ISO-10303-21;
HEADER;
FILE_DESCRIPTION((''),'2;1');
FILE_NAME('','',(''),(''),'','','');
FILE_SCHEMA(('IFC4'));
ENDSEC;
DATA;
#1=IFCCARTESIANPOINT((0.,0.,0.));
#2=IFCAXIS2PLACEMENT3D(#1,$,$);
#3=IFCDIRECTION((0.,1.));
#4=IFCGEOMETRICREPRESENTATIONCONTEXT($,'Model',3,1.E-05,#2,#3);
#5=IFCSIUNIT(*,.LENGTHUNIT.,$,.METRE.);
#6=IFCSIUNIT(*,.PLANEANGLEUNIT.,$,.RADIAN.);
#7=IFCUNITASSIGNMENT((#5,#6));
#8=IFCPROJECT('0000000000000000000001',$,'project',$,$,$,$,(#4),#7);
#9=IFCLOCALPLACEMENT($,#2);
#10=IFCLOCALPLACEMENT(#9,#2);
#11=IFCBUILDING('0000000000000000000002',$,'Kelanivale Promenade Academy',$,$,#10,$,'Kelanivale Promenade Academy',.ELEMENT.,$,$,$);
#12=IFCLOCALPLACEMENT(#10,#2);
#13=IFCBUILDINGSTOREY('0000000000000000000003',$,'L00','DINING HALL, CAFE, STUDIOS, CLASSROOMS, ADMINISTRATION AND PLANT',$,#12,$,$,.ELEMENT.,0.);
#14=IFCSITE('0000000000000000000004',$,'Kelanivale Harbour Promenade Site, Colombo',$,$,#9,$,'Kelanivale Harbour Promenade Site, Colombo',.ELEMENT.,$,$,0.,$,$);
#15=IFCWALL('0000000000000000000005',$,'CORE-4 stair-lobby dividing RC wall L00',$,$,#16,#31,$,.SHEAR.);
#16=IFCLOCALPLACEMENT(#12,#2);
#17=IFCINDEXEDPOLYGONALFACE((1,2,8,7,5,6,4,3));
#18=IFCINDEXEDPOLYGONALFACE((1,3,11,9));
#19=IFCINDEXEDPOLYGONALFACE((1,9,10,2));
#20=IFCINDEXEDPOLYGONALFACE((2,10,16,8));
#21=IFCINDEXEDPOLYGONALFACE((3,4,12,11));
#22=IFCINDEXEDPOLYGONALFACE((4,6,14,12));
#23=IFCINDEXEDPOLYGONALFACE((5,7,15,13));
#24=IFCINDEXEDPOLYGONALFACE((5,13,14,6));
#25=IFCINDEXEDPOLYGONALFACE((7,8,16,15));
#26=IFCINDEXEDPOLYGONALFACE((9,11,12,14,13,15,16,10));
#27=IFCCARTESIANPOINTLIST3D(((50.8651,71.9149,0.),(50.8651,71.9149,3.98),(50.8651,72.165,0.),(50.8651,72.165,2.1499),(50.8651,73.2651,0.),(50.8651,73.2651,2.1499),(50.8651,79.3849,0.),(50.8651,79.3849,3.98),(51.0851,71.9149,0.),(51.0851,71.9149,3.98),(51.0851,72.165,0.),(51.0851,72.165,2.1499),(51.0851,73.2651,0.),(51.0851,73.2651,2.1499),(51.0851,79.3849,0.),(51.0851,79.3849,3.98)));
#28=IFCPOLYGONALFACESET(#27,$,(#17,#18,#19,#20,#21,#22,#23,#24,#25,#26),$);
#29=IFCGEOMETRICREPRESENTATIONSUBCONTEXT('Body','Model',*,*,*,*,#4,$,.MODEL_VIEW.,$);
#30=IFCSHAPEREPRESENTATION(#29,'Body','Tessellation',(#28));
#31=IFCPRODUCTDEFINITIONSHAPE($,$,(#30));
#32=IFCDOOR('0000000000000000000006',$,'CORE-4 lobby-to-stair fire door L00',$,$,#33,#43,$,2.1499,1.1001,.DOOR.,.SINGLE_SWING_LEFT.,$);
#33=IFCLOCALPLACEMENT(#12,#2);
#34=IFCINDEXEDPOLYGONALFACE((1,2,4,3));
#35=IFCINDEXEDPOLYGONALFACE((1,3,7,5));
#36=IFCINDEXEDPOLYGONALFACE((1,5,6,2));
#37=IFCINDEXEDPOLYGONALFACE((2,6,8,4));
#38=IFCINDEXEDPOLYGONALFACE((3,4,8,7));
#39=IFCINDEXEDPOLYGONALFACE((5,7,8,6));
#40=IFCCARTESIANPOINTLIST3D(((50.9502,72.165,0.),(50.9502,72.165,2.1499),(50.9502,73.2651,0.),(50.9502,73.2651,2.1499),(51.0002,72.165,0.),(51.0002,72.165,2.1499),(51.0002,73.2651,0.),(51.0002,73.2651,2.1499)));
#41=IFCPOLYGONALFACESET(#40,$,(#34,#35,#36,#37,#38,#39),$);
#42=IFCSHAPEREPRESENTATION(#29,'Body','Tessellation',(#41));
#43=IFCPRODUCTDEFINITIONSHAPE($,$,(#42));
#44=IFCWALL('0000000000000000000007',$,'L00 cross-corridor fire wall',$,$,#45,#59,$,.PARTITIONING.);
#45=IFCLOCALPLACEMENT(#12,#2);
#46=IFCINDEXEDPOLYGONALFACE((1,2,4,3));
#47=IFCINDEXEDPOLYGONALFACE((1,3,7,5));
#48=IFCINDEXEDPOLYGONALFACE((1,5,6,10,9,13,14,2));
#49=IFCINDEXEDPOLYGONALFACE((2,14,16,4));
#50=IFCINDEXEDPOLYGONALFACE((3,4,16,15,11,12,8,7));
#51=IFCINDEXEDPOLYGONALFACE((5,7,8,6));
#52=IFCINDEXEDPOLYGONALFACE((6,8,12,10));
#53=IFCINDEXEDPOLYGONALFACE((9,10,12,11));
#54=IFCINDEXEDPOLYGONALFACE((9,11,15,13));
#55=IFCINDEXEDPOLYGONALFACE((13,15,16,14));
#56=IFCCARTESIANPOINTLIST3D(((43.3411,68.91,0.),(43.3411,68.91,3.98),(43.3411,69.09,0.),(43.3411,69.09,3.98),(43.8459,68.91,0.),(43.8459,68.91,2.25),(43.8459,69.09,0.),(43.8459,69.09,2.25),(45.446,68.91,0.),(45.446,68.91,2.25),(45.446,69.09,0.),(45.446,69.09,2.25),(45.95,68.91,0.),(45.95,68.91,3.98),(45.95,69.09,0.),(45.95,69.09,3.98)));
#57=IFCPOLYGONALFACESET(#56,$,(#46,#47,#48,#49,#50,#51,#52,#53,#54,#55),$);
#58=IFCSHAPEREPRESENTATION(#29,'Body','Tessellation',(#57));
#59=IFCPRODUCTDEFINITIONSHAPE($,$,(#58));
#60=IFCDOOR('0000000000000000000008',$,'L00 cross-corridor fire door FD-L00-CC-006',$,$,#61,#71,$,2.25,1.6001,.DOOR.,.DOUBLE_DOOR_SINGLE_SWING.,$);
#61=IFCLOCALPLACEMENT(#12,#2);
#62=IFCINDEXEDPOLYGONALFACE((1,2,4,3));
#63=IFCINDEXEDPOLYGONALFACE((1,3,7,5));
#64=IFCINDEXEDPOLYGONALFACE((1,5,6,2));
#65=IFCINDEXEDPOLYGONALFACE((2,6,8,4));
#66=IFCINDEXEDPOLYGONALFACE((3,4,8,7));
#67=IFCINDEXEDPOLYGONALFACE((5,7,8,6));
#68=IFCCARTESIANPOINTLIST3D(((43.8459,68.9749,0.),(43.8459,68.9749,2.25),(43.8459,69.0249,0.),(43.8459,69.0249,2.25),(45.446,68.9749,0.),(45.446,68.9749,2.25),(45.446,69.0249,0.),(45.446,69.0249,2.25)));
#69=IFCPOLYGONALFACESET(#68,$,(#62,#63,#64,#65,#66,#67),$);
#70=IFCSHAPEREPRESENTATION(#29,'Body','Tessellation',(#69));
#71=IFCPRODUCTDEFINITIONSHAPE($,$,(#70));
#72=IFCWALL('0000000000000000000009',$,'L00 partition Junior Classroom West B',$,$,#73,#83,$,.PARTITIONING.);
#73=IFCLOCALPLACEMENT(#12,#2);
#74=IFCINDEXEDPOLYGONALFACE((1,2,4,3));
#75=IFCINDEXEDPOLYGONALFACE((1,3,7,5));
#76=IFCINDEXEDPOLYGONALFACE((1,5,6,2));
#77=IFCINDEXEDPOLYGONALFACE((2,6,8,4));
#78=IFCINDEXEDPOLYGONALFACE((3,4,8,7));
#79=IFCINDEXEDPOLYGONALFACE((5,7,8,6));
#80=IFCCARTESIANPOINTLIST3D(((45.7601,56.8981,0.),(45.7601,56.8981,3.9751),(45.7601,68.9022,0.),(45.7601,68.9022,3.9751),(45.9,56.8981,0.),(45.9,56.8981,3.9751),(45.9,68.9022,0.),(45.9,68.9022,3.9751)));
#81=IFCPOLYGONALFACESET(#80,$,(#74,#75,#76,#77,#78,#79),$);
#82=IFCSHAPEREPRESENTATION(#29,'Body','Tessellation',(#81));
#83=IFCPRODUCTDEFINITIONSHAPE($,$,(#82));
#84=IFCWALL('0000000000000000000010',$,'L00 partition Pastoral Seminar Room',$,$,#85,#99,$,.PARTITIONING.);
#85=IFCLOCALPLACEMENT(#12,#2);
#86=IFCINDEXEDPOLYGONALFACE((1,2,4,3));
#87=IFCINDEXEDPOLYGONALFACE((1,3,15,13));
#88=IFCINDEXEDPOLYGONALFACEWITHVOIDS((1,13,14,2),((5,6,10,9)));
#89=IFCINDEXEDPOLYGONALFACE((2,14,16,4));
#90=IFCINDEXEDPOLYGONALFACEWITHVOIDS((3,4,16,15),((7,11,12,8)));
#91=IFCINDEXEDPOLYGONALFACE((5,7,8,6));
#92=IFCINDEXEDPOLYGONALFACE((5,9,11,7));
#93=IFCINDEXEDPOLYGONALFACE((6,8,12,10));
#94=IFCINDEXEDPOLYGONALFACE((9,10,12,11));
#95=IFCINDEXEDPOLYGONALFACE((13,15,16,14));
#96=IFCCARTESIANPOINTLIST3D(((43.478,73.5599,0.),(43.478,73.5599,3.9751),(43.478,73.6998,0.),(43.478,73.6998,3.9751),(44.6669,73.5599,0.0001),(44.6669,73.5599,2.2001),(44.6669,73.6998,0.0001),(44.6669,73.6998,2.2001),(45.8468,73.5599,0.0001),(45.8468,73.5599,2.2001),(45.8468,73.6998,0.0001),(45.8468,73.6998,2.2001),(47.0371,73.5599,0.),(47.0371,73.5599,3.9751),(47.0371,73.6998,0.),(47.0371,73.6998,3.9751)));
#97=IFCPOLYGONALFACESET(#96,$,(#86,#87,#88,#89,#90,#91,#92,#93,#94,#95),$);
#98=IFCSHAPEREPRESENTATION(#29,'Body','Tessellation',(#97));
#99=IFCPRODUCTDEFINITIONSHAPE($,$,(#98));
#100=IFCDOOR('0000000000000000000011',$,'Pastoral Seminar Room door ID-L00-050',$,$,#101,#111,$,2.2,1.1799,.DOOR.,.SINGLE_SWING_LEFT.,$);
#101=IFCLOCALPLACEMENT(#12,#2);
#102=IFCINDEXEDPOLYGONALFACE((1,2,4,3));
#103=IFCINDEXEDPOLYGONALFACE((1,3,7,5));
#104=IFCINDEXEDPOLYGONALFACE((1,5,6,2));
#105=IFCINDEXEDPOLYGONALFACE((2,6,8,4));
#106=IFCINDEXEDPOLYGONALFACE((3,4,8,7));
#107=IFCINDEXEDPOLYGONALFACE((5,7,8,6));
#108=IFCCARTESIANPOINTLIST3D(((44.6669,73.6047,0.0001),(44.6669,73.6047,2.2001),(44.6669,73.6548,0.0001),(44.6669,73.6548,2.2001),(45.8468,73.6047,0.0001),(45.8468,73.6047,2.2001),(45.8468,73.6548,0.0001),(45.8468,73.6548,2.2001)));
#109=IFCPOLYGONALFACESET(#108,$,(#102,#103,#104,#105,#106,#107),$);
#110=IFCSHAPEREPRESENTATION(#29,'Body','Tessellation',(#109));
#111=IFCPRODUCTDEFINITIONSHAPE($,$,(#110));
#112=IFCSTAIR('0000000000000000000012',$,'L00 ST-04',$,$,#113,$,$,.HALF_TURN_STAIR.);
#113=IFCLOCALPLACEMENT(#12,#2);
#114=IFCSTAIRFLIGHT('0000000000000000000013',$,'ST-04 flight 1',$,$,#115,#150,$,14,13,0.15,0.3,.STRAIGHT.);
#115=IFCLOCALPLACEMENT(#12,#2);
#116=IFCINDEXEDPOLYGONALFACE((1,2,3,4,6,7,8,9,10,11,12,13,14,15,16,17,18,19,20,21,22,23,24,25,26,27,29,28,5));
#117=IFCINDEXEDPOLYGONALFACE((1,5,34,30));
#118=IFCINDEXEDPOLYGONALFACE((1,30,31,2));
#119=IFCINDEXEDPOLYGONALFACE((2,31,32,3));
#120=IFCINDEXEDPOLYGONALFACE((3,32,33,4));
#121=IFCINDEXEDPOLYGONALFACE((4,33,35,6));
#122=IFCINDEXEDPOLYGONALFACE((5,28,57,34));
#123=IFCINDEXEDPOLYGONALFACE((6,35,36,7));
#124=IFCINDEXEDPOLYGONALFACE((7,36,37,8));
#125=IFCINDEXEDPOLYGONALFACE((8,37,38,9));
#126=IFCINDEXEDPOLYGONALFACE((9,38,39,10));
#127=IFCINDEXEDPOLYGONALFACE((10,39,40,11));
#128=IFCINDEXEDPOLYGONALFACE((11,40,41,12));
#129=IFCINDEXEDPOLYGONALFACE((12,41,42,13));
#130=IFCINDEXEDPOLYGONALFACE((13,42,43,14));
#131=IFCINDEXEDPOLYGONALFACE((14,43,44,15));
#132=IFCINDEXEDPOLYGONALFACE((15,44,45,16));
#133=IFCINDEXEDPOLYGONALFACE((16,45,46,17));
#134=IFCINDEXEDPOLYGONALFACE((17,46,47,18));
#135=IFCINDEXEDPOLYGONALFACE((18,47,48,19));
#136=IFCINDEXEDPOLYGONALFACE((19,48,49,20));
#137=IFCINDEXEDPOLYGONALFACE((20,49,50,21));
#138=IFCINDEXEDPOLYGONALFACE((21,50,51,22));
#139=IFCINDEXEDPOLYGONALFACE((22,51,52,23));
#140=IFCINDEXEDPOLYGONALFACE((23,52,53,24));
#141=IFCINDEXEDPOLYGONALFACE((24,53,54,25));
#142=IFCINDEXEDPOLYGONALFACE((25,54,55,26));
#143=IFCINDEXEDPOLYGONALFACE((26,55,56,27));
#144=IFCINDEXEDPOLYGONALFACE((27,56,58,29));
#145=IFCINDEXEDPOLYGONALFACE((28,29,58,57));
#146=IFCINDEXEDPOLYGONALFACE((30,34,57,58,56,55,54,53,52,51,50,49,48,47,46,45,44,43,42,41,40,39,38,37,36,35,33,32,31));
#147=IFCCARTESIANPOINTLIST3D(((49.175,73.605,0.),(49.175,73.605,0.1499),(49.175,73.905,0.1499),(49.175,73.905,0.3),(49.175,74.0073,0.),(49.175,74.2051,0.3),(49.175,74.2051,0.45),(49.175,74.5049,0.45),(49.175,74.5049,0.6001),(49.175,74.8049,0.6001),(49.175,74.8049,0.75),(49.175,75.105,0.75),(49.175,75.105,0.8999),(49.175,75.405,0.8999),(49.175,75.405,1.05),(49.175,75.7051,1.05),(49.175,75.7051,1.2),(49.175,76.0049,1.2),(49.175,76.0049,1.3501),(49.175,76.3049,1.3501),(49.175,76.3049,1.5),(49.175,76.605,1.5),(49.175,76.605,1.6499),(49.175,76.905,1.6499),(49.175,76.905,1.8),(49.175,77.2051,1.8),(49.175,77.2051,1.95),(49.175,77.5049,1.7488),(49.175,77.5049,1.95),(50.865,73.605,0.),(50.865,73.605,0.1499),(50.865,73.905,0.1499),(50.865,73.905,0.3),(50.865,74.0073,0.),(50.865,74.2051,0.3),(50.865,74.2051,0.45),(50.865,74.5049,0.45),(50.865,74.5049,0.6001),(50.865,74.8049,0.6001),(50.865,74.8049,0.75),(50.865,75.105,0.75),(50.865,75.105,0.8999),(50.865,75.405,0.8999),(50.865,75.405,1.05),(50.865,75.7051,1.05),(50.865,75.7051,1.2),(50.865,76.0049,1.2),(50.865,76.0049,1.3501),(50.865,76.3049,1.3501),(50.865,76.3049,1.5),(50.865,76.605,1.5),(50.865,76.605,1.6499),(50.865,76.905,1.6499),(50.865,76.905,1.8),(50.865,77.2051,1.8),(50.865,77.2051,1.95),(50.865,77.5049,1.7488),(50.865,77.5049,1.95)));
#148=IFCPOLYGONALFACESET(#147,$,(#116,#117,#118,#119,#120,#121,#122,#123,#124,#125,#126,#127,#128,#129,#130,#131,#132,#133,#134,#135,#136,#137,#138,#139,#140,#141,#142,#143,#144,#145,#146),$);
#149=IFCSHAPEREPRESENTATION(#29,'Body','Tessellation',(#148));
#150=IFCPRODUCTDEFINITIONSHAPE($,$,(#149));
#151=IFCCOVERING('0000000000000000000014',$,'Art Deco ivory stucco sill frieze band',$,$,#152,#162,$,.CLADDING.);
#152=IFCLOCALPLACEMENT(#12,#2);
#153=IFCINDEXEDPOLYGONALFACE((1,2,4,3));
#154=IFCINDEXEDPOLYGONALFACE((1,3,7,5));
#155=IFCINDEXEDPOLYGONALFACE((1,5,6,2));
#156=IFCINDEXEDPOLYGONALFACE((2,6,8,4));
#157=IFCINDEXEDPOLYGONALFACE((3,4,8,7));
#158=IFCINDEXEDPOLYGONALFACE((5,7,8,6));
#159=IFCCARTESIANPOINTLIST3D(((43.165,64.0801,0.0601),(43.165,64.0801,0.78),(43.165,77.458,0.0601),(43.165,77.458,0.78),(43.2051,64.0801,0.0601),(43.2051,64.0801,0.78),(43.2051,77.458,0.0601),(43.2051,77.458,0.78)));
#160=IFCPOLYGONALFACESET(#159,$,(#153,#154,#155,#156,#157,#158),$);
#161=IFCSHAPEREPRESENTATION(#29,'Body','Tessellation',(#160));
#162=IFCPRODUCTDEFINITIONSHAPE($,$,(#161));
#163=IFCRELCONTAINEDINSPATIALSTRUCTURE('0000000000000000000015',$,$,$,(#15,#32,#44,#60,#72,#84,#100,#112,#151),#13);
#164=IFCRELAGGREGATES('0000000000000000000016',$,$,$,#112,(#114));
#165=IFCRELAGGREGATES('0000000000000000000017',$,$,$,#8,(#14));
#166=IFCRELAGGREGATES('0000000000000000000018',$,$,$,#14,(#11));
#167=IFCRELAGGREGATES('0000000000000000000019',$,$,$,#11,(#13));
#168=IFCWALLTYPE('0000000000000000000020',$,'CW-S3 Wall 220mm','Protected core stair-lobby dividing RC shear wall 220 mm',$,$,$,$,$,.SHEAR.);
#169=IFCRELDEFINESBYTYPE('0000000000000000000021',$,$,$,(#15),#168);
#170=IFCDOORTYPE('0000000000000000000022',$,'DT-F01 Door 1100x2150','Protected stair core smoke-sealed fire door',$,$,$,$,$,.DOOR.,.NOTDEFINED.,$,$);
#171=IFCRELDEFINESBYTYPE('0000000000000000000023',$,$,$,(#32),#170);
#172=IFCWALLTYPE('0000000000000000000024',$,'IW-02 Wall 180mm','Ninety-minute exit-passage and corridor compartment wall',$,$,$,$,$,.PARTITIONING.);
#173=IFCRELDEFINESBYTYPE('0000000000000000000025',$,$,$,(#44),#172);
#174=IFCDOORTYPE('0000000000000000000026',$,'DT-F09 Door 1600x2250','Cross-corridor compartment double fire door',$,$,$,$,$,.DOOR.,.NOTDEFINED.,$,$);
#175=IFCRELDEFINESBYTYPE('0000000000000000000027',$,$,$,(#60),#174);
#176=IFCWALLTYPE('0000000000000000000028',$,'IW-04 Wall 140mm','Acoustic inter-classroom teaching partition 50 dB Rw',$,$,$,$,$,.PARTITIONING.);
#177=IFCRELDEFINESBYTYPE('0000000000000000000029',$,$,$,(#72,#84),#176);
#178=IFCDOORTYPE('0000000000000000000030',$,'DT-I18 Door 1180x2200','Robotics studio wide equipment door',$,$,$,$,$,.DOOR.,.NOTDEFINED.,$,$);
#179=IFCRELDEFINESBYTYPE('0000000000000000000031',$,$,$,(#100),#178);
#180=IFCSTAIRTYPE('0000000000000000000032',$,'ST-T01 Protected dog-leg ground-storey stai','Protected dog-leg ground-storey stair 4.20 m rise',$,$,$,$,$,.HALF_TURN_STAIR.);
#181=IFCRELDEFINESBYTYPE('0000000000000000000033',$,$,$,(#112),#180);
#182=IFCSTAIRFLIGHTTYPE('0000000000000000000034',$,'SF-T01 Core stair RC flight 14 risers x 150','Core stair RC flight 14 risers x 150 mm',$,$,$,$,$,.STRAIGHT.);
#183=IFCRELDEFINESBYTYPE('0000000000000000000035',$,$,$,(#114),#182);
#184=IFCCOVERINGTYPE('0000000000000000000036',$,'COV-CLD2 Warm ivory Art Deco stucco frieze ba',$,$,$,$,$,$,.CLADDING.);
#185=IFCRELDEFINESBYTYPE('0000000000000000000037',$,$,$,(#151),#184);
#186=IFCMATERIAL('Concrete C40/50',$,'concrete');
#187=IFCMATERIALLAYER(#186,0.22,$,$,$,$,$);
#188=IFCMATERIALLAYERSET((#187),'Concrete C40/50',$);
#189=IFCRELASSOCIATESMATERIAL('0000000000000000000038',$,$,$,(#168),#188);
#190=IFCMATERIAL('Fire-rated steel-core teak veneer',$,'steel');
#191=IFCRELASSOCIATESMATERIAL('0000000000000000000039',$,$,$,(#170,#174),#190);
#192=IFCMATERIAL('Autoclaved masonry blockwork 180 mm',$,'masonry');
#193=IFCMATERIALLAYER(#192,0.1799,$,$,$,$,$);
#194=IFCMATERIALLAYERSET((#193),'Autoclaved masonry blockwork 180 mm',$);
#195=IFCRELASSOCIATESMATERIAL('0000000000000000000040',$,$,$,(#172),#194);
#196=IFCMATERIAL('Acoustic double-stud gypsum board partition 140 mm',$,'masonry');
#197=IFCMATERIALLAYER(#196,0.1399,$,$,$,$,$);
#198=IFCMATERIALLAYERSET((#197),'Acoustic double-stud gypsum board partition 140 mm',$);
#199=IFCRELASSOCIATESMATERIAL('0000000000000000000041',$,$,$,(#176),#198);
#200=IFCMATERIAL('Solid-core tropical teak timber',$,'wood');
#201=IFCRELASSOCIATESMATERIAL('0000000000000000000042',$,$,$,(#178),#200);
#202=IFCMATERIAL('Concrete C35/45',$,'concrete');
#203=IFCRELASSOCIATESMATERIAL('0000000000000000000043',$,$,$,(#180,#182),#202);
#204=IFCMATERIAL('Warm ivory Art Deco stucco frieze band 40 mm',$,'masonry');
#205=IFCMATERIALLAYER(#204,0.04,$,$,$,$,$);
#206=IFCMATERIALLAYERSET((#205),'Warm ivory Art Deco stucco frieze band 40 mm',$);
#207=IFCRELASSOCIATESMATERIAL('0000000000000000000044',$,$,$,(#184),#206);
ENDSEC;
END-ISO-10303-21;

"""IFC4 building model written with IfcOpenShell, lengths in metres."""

from ifc_helpers import new_model, si_unit, direction, frame, frame_2d, origin, origin_2d, place, context, subcontext, project, spatial, polyline, rectangle, outline, extrude, material, layer, layer_set, type_object, element, fill, aggregate, save


model = new_model("IFC4")

# Units and contexts
model_context = context("Model", 3, precision=1e-05, world=origin(), true_north=direction((0.0, 1.0)))
body_context = subcontext(model_context, "Body", "Model", "MODEL_VIEW")
ifc_project = project(units=[si_unit("LENGTHUNIT", "METRE"), si_unit("PLANEANGLEUNIT", "RADIAN")], contexts=[model_context])

# Site, building, storey
site_placement = place(None, origin())
site = spatial("IfcSite", under=ifc_project, at=site_placement, Name="Kelanivale Harbour Promenade Site, Colombo", LongName="Kelanivale Harbour Promenade Site, Colombo", CompositionType="ELEMENT", RefElevation=0.0)
building_placement = place(site_placement, origin())
building = spatial("IfcBuilding", under=site, at=building_placement, Name="Kelanivale Promenade Academy", LongName="Kelanivale Promenade Academy", CompositionType="ELEMENT")
storey_placement = place(building_placement, origin())
storey = spatial("IfcBuildingStorey", under=building, at=storey_placement, Name="L00", Description="DINING HALL, CAFE, STUDIOS, CLASSROOMS, ADMINISTRATION AND PLANT", CompositionType="ELEMENT", Elevation=0.0)

# Shared definitions
ifc_material_1 = material(Name="Concrete C35/45", Category="concrete")

# Shared definitions
ifc_material_2 = material(Name="Concrete C40/50", Category="concrete")

# Shared definitions
ifc_material_3 = material(Name="Fire-rated steel-core teak veneer", Category="steel")

# Walls, openings, doors
ifc_layer_1 = layer(ifc_material_2, 0.22)
ifc_layer_set_1 = layer_set([ifc_layer_1], Name="Concrete C40/50")
wall_type_1 = type_object("IfcWallType", Name="CW-S3 Wall 220mm", Description="Protected core stair-lobby dividing RC shear wall 220 mm", PredefinedType="SHEAR", material=ifc_layer_set_1)
wall_1_placement = place(storey_placement, frame((50.9751, 71.915, 0.0), z_axis=(0.0, 0.0, 1.0), x_axis=(0.0, 1.0, 0.0)))
wall_1 = element("IfcWall", 1, at=wall_1_placement, inside=storey, type_object=wall_type_1, Name="CORE-4 stair-lobby dividing RC wall L00", PredefinedType="SHEAR", context=body_context, shape_type="SweptSolid", body=[
    extrude(rectangle(XDim=7.47, YDim=0.22, at=frame_2d((3.7349, 0.0))), origin(), (0.0, 0.0, 1.0), 3.98),
])
opening_1_placement = place(wall_1_placement, frame((0.25, 0.0, 0.0)))
opening_1 = element("IfcOpeningElement", 2, at=opening_1_placement, cuts=wall_1, PredefinedType="OPENING", context=body_context, shape_type="SweptSolid", body=[
    extrude(rectangle(XDim=1.1001, YDim=2.1499, at=frame_2d((0.55, 1.075))), frame((0.0, 0.1201, 0.0), z_axis=(0.0, -1.0, 0.0), x_axis=(1.0, 0.0, 0.0)), (0.0, 0.0, 1.0), 0.24),
])
door_type_1 = type_object("IfcDoorType", Name="DT-F01 Door 1100x2150", Description="Protected stair core smoke-sealed fire door", OperationType="NOTDEFINED", PredefinedType="DOOR", material=ifc_material_3)
door_1_placement = place(opening_1_placement, origin())
door_1 = element("IfcDoor", 3, at=door_1_placement, inside=storey, type_object=door_type_1, Name="CORE-4 lobby-to-stair fire door L00", OperationType="SINGLE_SWING_LEFT", OverallHeight=2.1499, OverallWidth=1.1001, PredefinedType="DOOR", context=body_context, shape_type="SweptSolid", body=[
    extrude(rectangle(XDim=1.1001, YDim=2.1499, at=frame_2d((0.55, 1.075))), frame((0.0, 0.0249, 0.0), z_axis=(0.0, -1.0, 0.0), x_axis=(1.0, 0.0, 0.0)), (0.0, 0.0, 1.0), 0.05),
])
fill(opening_1, door_1)
ifc_material_4 = material(Name="Autoclaved masonry blockwork 180 mm", Category="masonry")
ifc_layer_2 = layer(ifc_material_4, 0.1799)
ifc_layer_set_2 = layer_set([ifc_layer_2], Name="Autoclaved masonry blockwork 180 mm")
wall_type_2 = type_object("IfcWallType", Name="IW-02 Wall 180mm", Description="Ninety-minute exit-passage and corridor compartment wall", PredefinedType="PARTITIONING", material=ifc_layer_set_2)
wall_2_placement = place(storey_placement, frame((43.3411, 69.0, 0.0), z_axis=(0.0, 0.0, 1.0), x_axis=(1.0, 0.0, 0.0)))
wall_2 = element("IfcWall", 4, at=wall_2_placement, inside=storey, type_object=wall_type_2, Name="L00 cross-corridor fire wall", PredefinedType="PARTITIONING", context=body_context, shape_type="SweptSolid", body=[
    extrude(rectangle(XDim=2.6089, YDim=0.1799, at=frame_2d((1.3044, 0.0))), origin(), (0.0, 0.0, 1.0), 3.98),
])
opening_2_placement = place(wall_2_placement, frame((0.5049, 0.0, 0.0)))
opening_2 = element("IfcOpeningElement", 5, at=opening_2_placement, cuts=wall_2, PredefinedType="OPENING", context=body_context, shape_type="SweptSolid", body=[
    extrude(rectangle(XDim=1.6001, YDim=2.25, at=frame_2d((0.8, 1.125))), frame((0.0, 0.1001, 0.0), z_axis=(0.0, -1.0, 0.0), x_axis=(1.0, 0.0, 0.0)), (0.0, 0.0, 1.0), 0.2),
])
door_type_2 = type_object("IfcDoorType", Name="DT-F09 Door 1600x2250", Description="Cross-corridor compartment double fire door", OperationType="NOTDEFINED", PredefinedType="DOOR", material=ifc_material_3)
door_2_placement = place(opening_2_placement, origin())
door_2 = element("IfcDoor", 6, at=door_2_placement, inside=storey, type_object=door_type_2, Name="L00 cross-corridor fire door FD-L00-CC-006", OperationType="DOUBLE_DOOR_SINGLE_SWING", OverallHeight=2.25, OverallWidth=1.6001, PredefinedType="DOOR", context=body_context, shape_type="SweptSolid", body=[
    extrude(rectangle(XDim=1.6001, YDim=2.25, at=frame_2d((0.8, 1.125))), frame((0.0, 0.0249, 0.0), z_axis=(0.0, -1.0, 0.0), x_axis=(1.0, 0.0, 0.0)), (0.0, 0.0, 1.0), 0.05),
])
fill(opening_2, door_2)

# Wall
ifc_material_5 = material(Name="Acoustic double-stud gypsum board partition 140 mm", Category="masonry")
ifc_layer_3 = layer(ifc_material_5, 0.1399)
ifc_layer_set_3 = layer_set([ifc_layer_3], Name="Acoustic double-stud gypsum board partition 140 mm")
wall_type_3 = type_object("IfcWallType", Name="IW-04 Wall 140mm", Description="Acoustic inter-classroom teaching partition 50 dB Rw", PredefinedType="PARTITIONING", material=ifc_layer_set_3)
wall_3_placement = place(storey_placement, frame((45.8301, 68.9021, 0.0), z_axis=(0.0, 0.0, 1.0), x_axis=(0.0, -1.0, 0.0)))
element("IfcWall", 7, at=wall_3_placement, inside=storey, type_object=wall_type_3, Name="L00 partition Junior Classroom West B", PredefinedType="PARTITIONING", context=body_context, shape_type="SweptSolid", body=[
    extrude(rectangle(XDim=12.0042, YDim=0.1399, at=frame_2d((6.002, 0.0))), origin(), (0.0, 0.0, 1.0), 3.9751),
])

# Wall, opening, door
wall_4_placement = place(storey_placement, frame((43.478, 73.6299, 0.0), z_axis=(0.0, 0.0, 1.0), x_axis=(1.0, 0.0, 0.0)))
wall_4 = element("IfcWall", 8, at=wall_4_placement, inside=storey, type_object=wall_type_3, Name="L00 partition Pastoral Seminar Room", PredefinedType="PARTITIONING", context=body_context, shape_type="SweptSolid", body=[
    extrude(rectangle(XDim=3.5591, YDim=0.1399, at=frame_2d((1.7795, 0.0))), origin(), (0.0, 0.0, 1.0), 3.9751),
])
opening_3_placement = place(wall_4_placement, frame((1.189, 0.0, 0.0)))
opening_3 = element("IfcOpeningElement", 9, at=opening_3_placement, cuts=wall_4, PredefinedType="OPENING", context=body_context, shape_type="SweptSolid", body=[
    extrude(rectangle(XDim=1.1799, YDim=2.2, at=frame_2d((0.5898, 1.1001))), frame((0.0, 0.0801, 0.0), z_axis=(0.0, -1.0, 0.0), x_axis=(1.0, 0.0, 0.0)), (0.0, 0.0, 1.0), 0.1599),
])
ifc_material_6 = material(Name="Solid-core tropical teak timber", Category="wood")
door_type_3 = type_object("IfcDoorType", Name="DT-I18 Door 1180x2200", Description="Robotics studio wide equipment door", OperationType="NOTDEFINED", PredefinedType="DOOR", material=ifc_material_6)
door_3_placement = place(opening_3_placement, origin())
door_3 = element("IfcDoor", 10, at=door_3_placement, inside=storey, type_object=door_type_3, Name="Pastoral Seminar Room door ID-L00-050", OperationType="SINGLE_SWING_LEFT", OverallHeight=2.2, OverallWidth=1.1799, PredefinedType="DOOR", context=body_context, shape_type="SweptSolid", body=[
    extrude(rectangle(XDim=1.1799, YDim=2.2, at=frame_2d((0.5898, 1.1001))), frame((0.0, 0.0249, 0.0), z_axis=(0.0, -1.0, 0.0), x_axis=(1.0, 0.0, 0.0)), (0.0, 0.0, 1.0), 0.05),
])
fill(opening_3, door_3)

# Stair, stair flight
stair_type = type_object("IfcStairType", Name="ST-T01 Protected dog-leg ground-storey stai", Description="Protected dog-leg ground-storey stair 4.20 m rise", PredefinedType="HALF_TURN_STAIR", material=ifc_material_1)
stair_placement = place(storey_placement, origin())
stair = element("IfcStair", 11, at=stair_placement, inside=storey, type_object=stair_type, Name="L00 ST-04", PredefinedType="HALF_TURN_STAIR")
stair_flight_type = type_object("IfcStairFlightType", Name="SF-T01 Core stair RC flight 14 risers x 150", Description="Core stair RC flight 14 risers x 150 mm", PredefinedType="STRAIGHT", material=ifc_material_1)
stair_flight_placement = place(storey_placement, frame((50.02, 73.605, 0.0), z_axis=(0.0, 0.0, 1.0), x_axis=(0.0, 1.0, 0.0)))
stair_flight = element("IfcStairFlight", 12, at=stair_flight_placement, type_object=stair_flight_type, Name="ST-04 flight 1", NumberOfRisers=14, NumberOfTreads=13, PredefinedType="STRAIGHT", RiserHeight=0.15, TreadLength=0.3, context=body_context, shape_type="SweptSolid", body=[
    extrude(outline(polyline([(0.0, 0.0), (0.0, 0.1499), (0.3, 0.1499), (0.3, 0.3), (0.6001, 0.3), (0.6001, 0.45), (0.8999, 0.45), (0.8999, 0.6001), (1.2, 0.6001), (1.2, 0.75), (1.5, 0.75), (1.5, 0.8999), (1.8, 0.8999), (1.8, 1.05), (2.1001, 1.05), (2.1001, 1.2), (2.3999, 1.2), (2.3999, 1.3501), (2.7, 1.3501), (2.7, 1.5), (3.0, 1.5), (3.0, 1.6499), (3.3, 1.6499), (3.3, 1.8), (3.6001, 1.8), (3.6001, 1.95), (3.8999, 1.95), (3.8999, 2.1001), (3.8999, 1.7488), (0.4023, 0.0), (0.0, 0.0)])), frame((0.0, 0.845, 0.0), z_axis=(0.0, -1.0, 0.0), x_axis=(1.0, 0.0, 0.0)), (0.0, 0.0, 1.0), 1.6899),
])
aggregate(stair, [stair_flight])

# Covering
ifc_material_7 = material(Name="Warm ivory Art Deco stucco frieze band 40 mm", Category="masonry")
ifc_layer_4 = layer(ifc_material_7, 0.04)
ifc_layer_set_4 = layer_set([ifc_layer_4], Name="Warm ivory Art Deco stucco frieze band 40 mm")
covering_type = type_object("IfcCoveringType", Name="COV-CLD2 Warm ivory Art Deco stucco frieze ba", PredefinedType="CLADDING", material=ifc_layer_set_4)
covering_placement = place(storey_placement, frame((43.1851, 70.769, 0.0601), z_axis=(0.0, 0.0, 1.0), x_axis=(0.0, -1.0, 0.0)))
element("IfcCovering", 13, at=covering_placement, inside=storey, type_object=covering_type, Name="Art Deco ivory stucco sill frieze band", PredefinedType="CLADDING", context=body_context, shape_type="SweptSolid", body=[
    extrude(rectangle(XDim=13.3779, YDim=0.04, at=origin_2d()), origin(), (0.0, 0.0, 1.0), 0.72),
])

save(model, "model.ifc")
